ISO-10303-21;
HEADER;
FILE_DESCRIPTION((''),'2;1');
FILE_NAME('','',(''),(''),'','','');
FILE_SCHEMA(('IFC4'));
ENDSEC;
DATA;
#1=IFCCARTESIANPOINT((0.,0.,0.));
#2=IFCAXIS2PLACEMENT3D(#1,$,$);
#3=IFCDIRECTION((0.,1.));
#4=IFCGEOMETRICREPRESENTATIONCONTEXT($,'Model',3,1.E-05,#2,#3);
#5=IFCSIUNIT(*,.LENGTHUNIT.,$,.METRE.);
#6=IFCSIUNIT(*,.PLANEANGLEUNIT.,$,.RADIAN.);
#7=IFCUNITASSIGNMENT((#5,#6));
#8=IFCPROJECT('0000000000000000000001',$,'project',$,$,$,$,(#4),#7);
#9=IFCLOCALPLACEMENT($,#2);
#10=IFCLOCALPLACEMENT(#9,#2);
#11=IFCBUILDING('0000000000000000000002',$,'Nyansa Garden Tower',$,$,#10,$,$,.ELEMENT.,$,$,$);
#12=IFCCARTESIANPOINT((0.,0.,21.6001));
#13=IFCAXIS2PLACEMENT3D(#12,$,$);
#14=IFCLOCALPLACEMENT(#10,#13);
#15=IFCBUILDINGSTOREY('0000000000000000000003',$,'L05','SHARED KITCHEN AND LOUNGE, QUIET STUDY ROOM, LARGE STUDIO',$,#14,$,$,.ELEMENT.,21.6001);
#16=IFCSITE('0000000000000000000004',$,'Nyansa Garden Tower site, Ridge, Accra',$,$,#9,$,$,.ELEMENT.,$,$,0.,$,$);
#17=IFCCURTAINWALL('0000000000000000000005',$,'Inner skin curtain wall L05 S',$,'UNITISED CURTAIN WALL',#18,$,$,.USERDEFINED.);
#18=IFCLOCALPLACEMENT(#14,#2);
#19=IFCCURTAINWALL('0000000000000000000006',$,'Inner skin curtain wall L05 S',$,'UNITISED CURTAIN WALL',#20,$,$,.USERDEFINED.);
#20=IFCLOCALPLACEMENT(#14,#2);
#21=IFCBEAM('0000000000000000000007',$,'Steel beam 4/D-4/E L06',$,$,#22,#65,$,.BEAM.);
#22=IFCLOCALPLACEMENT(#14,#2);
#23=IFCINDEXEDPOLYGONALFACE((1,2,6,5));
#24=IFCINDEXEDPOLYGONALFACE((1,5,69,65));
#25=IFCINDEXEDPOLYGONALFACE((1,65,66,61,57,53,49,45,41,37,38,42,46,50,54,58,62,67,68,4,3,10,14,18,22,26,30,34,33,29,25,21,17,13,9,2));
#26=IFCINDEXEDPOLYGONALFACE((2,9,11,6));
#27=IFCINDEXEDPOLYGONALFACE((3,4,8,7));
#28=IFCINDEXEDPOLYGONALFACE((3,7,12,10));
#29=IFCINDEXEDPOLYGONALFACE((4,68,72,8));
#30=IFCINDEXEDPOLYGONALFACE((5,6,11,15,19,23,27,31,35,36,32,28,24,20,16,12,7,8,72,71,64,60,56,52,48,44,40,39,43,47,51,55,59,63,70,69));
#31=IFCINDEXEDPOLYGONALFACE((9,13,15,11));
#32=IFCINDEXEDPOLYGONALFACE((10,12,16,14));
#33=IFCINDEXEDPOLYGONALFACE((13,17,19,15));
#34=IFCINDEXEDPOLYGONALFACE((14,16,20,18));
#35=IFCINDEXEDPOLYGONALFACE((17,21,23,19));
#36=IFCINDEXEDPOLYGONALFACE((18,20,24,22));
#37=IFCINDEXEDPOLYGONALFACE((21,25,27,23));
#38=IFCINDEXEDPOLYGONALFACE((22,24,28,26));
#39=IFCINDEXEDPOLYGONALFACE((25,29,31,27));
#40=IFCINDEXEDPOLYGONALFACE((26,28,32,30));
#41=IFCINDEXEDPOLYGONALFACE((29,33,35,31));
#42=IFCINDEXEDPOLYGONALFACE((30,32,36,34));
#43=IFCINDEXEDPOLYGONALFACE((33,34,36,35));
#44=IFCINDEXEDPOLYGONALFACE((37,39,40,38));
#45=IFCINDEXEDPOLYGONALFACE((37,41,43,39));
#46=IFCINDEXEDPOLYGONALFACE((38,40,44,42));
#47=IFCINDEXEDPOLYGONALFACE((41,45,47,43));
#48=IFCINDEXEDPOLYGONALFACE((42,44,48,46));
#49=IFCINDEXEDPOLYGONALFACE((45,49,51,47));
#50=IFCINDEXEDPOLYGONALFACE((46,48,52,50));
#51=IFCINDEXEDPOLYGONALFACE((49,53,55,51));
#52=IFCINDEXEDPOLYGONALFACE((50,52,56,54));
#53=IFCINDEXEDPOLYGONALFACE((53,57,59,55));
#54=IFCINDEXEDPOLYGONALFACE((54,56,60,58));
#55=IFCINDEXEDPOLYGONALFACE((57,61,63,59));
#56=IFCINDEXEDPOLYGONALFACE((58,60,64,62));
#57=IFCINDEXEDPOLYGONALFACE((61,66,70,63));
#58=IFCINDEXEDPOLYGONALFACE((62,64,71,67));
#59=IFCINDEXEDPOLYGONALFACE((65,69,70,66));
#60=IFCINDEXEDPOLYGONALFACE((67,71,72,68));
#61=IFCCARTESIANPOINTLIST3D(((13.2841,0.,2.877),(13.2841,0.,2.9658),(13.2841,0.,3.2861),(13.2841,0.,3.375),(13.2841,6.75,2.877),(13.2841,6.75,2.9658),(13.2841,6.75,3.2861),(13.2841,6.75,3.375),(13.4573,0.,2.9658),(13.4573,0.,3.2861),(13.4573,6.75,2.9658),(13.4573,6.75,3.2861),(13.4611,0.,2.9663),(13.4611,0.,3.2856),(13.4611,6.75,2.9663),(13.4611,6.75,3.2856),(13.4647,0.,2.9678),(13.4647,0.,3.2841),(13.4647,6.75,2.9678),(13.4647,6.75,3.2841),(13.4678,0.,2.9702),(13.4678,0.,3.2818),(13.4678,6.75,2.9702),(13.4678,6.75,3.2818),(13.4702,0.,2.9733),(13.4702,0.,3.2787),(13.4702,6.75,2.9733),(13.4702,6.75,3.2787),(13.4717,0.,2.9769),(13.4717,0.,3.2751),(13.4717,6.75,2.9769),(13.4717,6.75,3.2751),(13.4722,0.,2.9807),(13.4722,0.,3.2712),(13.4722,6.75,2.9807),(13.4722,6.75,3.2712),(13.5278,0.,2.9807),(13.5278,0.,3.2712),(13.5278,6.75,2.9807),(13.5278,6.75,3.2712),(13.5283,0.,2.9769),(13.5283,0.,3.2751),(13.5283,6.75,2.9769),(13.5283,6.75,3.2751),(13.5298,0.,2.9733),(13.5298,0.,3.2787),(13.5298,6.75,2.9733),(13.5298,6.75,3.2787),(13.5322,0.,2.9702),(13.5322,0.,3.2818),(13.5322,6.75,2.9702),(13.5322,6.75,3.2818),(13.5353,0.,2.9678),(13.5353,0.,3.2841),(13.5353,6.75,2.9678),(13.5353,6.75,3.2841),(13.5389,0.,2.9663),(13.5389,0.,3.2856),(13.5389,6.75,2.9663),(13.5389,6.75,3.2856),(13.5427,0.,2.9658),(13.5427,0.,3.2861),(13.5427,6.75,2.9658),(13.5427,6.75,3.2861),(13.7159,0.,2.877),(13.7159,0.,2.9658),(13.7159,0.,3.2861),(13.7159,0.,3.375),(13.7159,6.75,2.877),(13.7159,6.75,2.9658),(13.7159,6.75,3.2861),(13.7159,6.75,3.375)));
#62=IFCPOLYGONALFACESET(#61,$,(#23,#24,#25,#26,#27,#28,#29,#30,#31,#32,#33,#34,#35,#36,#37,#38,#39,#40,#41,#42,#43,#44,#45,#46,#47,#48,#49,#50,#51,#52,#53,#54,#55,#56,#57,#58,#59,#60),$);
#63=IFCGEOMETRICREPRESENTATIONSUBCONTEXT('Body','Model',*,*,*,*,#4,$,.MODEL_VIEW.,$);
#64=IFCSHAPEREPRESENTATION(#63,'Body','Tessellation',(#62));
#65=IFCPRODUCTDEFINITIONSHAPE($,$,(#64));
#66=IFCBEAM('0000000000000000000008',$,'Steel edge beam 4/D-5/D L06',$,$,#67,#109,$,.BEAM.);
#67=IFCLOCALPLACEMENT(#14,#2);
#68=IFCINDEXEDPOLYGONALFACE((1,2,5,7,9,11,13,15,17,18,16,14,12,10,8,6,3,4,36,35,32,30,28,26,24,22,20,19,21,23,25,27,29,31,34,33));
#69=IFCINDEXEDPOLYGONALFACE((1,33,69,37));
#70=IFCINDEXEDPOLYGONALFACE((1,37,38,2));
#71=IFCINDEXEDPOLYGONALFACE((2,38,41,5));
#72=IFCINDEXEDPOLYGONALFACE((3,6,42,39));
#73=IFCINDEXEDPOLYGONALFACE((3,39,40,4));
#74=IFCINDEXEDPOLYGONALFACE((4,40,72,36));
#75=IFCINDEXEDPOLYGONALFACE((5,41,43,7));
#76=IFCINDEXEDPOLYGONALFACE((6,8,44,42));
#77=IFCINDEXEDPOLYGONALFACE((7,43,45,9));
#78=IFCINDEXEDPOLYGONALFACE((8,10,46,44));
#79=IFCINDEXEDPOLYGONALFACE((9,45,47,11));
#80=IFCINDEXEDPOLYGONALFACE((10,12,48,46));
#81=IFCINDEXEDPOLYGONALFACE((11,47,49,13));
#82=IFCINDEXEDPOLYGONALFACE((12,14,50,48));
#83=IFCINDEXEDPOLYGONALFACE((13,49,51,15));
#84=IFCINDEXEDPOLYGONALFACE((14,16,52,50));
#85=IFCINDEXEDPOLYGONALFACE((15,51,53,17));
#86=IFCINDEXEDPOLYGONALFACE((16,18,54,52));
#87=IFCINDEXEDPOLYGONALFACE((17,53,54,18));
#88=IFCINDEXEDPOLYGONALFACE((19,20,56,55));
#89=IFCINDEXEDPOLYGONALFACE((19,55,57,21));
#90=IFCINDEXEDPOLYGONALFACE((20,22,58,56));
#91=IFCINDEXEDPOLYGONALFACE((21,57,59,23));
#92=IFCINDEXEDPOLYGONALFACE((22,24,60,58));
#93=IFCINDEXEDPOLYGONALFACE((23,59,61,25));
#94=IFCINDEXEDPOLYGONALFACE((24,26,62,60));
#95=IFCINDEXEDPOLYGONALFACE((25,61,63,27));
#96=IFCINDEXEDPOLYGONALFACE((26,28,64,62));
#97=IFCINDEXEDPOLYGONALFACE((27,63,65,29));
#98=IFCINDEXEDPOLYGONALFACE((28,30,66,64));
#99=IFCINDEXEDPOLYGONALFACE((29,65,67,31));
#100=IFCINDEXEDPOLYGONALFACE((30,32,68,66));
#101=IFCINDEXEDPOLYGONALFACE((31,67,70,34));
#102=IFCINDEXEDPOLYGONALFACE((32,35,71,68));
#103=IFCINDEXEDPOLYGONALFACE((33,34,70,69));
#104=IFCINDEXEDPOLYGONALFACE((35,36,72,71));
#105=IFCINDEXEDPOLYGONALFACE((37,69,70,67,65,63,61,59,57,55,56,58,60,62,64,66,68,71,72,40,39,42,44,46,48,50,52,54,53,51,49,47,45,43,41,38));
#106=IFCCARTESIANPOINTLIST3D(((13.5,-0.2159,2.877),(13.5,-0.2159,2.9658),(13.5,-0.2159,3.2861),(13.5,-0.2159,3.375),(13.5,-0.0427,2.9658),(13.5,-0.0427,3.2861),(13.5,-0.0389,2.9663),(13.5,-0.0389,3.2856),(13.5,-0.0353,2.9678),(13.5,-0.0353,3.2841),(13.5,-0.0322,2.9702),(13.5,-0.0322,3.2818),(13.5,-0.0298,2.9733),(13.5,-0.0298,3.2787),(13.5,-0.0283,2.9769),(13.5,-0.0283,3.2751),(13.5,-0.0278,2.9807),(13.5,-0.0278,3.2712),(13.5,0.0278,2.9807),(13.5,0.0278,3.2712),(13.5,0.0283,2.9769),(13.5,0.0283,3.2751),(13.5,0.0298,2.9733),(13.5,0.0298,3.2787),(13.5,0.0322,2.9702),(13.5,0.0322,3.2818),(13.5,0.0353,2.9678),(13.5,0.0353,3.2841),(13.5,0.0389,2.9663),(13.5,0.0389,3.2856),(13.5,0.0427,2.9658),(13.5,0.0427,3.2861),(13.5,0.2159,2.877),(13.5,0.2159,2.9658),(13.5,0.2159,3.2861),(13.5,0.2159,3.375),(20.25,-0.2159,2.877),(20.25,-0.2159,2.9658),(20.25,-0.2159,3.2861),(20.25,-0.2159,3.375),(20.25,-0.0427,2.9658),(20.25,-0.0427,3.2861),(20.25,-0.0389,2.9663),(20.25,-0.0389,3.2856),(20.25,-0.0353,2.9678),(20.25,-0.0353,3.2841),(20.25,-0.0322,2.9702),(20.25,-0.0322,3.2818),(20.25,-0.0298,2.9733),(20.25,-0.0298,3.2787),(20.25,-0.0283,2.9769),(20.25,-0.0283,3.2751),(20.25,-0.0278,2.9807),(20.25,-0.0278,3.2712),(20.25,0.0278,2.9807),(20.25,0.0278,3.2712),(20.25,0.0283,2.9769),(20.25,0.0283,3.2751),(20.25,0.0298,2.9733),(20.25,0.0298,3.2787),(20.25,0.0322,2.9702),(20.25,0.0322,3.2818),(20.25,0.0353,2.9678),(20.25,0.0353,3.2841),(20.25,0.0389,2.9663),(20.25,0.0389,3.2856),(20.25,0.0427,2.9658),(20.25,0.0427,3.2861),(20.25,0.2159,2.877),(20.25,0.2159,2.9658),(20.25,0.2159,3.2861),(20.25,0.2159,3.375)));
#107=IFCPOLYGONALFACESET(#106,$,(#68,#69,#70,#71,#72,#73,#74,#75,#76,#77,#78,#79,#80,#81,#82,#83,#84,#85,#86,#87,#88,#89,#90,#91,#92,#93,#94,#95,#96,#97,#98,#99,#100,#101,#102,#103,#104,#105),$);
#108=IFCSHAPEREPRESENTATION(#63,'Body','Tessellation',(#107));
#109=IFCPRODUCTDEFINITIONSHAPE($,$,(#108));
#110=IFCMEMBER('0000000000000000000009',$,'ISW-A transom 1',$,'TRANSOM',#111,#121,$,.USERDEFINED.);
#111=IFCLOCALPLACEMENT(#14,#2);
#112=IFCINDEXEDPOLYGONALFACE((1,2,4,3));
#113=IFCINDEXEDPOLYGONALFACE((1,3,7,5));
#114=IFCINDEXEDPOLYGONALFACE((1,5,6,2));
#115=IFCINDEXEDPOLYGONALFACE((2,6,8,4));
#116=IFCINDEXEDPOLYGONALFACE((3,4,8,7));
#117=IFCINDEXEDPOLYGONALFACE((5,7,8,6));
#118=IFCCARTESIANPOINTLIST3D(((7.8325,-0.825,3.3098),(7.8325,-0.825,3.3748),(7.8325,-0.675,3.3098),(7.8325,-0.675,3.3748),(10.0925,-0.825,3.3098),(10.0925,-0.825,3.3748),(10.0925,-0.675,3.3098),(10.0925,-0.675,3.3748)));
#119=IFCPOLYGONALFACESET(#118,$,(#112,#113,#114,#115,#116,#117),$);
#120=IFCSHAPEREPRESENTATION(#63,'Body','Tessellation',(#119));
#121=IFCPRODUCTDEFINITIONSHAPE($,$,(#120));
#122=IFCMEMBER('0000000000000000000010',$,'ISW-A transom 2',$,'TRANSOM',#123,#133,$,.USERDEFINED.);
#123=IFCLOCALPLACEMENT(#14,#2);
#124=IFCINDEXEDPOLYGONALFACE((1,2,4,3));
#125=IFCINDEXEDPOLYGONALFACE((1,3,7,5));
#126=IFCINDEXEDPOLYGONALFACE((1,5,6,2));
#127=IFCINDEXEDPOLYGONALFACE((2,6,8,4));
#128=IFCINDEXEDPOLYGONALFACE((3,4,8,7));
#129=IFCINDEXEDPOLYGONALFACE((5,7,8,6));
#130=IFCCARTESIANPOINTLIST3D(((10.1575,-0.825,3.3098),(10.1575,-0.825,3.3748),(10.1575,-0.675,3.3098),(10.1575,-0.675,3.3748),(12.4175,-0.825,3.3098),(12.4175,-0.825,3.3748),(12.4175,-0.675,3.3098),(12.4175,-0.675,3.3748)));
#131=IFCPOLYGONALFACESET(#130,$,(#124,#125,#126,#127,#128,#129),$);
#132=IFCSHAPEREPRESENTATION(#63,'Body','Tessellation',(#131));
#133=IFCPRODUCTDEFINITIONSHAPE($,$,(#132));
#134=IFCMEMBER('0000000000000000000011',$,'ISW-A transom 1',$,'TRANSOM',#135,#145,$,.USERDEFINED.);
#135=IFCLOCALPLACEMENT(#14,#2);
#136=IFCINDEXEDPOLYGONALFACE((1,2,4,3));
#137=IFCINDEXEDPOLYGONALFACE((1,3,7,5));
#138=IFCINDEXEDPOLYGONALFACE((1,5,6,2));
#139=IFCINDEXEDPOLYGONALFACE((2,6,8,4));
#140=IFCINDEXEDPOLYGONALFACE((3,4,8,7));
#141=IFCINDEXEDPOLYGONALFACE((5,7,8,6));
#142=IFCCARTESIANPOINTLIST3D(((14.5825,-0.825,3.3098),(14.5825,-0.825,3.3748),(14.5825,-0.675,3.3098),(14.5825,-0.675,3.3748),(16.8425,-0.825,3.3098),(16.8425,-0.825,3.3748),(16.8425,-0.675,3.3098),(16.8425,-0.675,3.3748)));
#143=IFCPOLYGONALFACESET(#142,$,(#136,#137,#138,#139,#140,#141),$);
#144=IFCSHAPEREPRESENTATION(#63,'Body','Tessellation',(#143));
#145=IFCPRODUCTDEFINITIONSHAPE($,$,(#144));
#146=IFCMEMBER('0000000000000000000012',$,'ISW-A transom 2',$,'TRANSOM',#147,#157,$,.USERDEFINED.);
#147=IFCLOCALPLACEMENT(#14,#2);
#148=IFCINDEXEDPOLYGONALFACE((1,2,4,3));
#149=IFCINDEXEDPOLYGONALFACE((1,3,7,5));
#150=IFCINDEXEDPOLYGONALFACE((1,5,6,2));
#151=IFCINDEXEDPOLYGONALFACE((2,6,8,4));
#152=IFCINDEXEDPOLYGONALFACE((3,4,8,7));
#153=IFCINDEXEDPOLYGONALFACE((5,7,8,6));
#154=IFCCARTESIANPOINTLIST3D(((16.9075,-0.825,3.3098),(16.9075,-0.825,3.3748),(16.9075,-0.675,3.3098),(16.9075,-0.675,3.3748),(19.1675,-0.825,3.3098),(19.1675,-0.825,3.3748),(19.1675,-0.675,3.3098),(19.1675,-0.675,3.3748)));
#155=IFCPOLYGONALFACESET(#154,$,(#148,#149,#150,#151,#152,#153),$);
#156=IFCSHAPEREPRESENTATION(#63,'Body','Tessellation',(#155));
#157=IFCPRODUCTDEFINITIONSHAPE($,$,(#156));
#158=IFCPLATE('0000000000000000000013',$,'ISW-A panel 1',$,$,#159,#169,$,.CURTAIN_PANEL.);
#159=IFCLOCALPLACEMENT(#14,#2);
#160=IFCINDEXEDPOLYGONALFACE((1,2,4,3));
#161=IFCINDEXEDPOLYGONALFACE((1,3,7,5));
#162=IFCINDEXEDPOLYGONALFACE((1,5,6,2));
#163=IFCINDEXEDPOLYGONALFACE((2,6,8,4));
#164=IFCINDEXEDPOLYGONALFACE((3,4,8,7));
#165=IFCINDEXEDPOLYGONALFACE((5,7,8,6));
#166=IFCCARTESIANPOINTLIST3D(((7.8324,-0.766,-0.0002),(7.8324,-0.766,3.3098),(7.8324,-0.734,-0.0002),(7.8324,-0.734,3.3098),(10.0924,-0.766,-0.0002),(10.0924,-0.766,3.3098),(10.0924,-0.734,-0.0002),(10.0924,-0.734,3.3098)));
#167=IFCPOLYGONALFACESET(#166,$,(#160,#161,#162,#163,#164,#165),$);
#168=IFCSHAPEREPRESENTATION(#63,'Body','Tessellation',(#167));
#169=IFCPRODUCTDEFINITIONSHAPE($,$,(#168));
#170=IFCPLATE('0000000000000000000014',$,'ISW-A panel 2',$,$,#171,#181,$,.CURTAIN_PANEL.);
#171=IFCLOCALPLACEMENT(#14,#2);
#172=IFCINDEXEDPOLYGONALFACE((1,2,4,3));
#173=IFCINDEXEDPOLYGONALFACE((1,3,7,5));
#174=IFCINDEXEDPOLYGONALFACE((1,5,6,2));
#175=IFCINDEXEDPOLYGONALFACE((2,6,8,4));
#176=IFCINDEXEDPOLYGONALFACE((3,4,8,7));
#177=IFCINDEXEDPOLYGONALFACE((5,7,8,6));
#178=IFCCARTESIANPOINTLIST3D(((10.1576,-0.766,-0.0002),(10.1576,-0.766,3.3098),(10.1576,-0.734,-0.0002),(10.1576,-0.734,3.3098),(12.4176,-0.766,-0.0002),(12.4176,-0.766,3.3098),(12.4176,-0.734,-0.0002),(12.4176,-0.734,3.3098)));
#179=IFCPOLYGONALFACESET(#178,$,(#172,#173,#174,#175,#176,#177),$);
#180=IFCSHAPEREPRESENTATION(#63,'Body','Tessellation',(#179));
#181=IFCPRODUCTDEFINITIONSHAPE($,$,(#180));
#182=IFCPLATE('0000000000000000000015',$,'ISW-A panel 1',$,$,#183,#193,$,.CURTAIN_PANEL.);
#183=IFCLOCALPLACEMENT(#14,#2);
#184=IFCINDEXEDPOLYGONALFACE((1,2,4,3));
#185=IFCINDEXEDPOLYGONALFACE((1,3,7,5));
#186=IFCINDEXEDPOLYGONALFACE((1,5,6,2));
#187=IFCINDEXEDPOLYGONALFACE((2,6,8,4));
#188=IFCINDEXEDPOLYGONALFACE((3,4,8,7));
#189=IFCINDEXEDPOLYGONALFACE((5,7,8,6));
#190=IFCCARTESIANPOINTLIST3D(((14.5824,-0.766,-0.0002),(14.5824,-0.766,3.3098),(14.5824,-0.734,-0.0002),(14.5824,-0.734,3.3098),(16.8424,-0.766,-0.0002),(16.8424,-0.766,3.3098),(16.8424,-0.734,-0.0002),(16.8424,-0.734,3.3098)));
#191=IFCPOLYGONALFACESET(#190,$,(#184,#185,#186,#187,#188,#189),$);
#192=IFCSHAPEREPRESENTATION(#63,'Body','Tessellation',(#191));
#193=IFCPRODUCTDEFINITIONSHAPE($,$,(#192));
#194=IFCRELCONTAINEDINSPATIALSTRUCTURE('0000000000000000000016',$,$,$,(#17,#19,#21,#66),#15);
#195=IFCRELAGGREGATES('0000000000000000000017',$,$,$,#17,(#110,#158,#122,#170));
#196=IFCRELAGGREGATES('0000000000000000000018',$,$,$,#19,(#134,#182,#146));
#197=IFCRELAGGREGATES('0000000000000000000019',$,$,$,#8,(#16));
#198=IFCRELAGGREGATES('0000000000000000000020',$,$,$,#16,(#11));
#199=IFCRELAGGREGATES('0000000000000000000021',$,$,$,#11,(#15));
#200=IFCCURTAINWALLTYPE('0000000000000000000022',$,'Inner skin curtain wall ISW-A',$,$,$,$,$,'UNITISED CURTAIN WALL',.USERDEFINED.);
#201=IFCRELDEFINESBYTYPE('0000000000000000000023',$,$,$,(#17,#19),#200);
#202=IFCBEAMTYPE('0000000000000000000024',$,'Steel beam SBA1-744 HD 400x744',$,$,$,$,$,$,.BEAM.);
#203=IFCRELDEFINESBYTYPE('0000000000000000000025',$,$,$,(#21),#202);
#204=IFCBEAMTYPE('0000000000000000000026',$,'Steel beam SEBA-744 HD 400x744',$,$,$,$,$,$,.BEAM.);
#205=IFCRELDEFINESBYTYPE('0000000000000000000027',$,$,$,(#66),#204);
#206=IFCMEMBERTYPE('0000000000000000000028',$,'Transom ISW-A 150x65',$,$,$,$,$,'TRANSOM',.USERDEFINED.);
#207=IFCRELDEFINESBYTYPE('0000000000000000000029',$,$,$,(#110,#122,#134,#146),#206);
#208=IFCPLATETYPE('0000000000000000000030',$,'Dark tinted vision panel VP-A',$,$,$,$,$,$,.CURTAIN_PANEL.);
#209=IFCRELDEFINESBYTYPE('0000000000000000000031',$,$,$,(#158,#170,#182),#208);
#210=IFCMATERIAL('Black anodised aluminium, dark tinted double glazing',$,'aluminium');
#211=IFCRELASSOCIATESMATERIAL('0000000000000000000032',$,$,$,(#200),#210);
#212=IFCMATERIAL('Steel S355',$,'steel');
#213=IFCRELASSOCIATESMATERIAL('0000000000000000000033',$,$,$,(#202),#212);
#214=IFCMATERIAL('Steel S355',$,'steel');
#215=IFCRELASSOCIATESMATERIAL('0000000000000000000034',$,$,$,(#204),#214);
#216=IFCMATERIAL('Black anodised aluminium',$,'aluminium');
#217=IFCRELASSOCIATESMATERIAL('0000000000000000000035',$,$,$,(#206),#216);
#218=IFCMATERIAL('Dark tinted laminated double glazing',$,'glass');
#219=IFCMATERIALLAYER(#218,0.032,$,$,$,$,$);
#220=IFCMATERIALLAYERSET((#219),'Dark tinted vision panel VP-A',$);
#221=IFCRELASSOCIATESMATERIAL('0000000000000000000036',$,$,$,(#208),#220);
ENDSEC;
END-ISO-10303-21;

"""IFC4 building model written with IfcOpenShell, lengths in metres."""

from ifc_helpers import new_model, si_unit, direction, frame, origin, origin_2d, place, context, subcontext, project, spatial, rectangle, i_section, extrude, material, layer, layer_set, material_profile, profile_set, type_object, element, aggregate, save


model = new_model("IFC4")

# Units and contexts
model_context = context("Model", 3, precision=1e-05, world=origin(), true_north=direction((0.0, 1.0)))
body_context = subcontext(model_context, "Body", "Model", "MODEL_VIEW")
ifc_project = project(units=[si_unit("LENGTHUNIT", "METRE"), si_unit("PLANEANGLEUNIT", "RADIAN")], contexts=[model_context])

# Site, building, storey
site_placement = place(None, origin())
site = spatial("IfcSite", under=ifc_project, at=site_placement, Name="Nyansa Garden Tower site, Ridge, Accra", CompositionType="ELEMENT", RefElevation=0.0)
building_placement = place(site_placement, origin())
building = spatial("IfcBuilding", under=site, at=building_placement, Name="Nyansa Garden Tower", CompositionType="ELEMENT")
storey_placement = place(building_placement, frame((0.0, 0.0, 21.6001)))
storey = spatial("IfcBuildingStorey", under=building, at=storey_placement, Name="L05", Description="SHARED KITCHEN AND LOUNGE, QUIET STUDY ROOM, LARGE STUDIO", CompositionType="ELEMENT", Elevation=21.6001)

# Curtain walls
ifc_material_1 = material(Name="Black anodised aluminium, dark tinted double glazing", Category="aluminium")
curtain_wall_type = type_object("IfcCurtainWallType", Name="Inner skin curtain wall ISW-A", ElementType="UNITISED CURTAIN WALL", PredefinedType="USERDEFINED", material=ifc_material_1)
curtain_wall_1_placement = place(storey_placement, origin())
curtain_wall_1 = element("IfcCurtainWall", 1, at=curtain_wall_1_placement, inside=storey, type_object=curtain_wall_type, Name="Inner skin curtain wall L05 S", ObjectType="UNITISED CURTAIN WALL", PredefinedType="USERDEFINED")
curtain_wall_2_placement = place(storey_placement, origin())
curtain_wall_2 = element("IfcCurtainWall", 2, at=curtain_wall_2_placement, inside=storey, type_object=curtain_wall_type, Name="Inner skin curtain wall L05 S", ObjectType="UNITISED CURTAIN WALL", PredefinedType="USERDEFINED")

# Beams
ifc_material_2 = material(Name="Steel S355", Category="steel")
ifc_material_profile_1 = material_profile(ifc_material_2, i_section(OverallWidth=0.4319, OverallDepth=0.498, WebThickness=0.0557, FlangeThickness=0.0889, FilletRadius=0.0149, at=origin_2d()), Name="HD 400x744")
ifc_profile_set_1 = profile_set([ifc_material_profile_1], Name="Steel S355")
beam_type_1 = type_object("IfcBeamType", Name="Steel beam SBA1-744 HD 400x744", PredefinedType="BEAM", material=ifc_profile_set_1)
beam_1_placement = place(storey_placement, frame((13.5, 0.0, 3.126), z_axis=(0.0, 1.0, 0.0), x_axis=(-1.0, 0.0, 0.0)))
element("IfcBeam", 3, at=beam_1_placement, inside=storey, type_object=beam_type_1, Name="Steel beam 4/D-4/E L06", PredefinedType="BEAM", context=body_context, shape_type="SweptSolid", body=[
    extrude(i_section(OverallWidth=0.4319, OverallDepth=0.498, WebThickness=0.0557, FlangeThickness=0.0889, FilletRadius=0.0149, at=origin_2d()), origin(), (0.0, 0.0, 1.0), 6.75),
])
ifc_material_3 = material(Name="Steel S355", Category="steel")
ifc_material_profile_2 = material_profile(ifc_material_3, i_section(OverallWidth=0.4319, OverallDepth=0.498, WebThickness=0.0557, FlangeThickness=0.0889, FilletRadius=0.0149, at=origin_2d()), Name="HD 400x744")
ifc_profile_set_2 = profile_set([ifc_material_profile_2], Name="Steel S355")
beam_type_2 = type_object("IfcBeamType", Name="Steel beam SEBA-744 HD 400x744", PredefinedType="BEAM", material=ifc_profile_set_2)
beam_2_placement = place(storey_placement, frame((13.5, 0.0, 3.126), z_axis=(1.0, 0.0, 0.0), x_axis=(0.0, 1.0, 0.0)))
element("IfcBeam", 4, at=beam_2_placement, inside=storey, type_object=beam_type_2, Name="Steel edge beam 4/D-5/D L06", PredefinedType="BEAM", context=body_context, shape_type="SweptSolid", body=[
    extrude(i_section(OverallWidth=0.4319, OverallDepth=0.498, WebThickness=0.0557, FlangeThickness=0.0889, FilletRadius=0.0149, at=origin_2d()), origin(), (0.0, 0.0, 1.0), 6.75),
])

# Members
ifc_material_4 = material(Name="Black anodised aluminium", Category="aluminium")
ifc_material_profile_3 = material_profile(ifc_material_4, rectangle(XDim=0.1499, YDim=0.0649, at=origin_2d()), Name="Transom 150x65")
ifc_profile_set_3 = profile_set([ifc_material_profile_3], Name="Black anodised aluminium")
member_type_1 = type_object("IfcMemberType", Name="Transom ISW-A 150x65", ElementType="TRANSOM", PredefinedType="USERDEFINED", material=ifc_profile_set_3)
member_1_placement = place(storey_placement, frame((7.8325, -0.75, 3.3423), z_axis=(1.0, 0.0, 0.0), x_axis=(0.0, 1.0, 0.0)))
member_1 = element("IfcMember", 5, at=member_1_placement, type_object=member_type_1, Name="ISW-A transom 1", ObjectType="TRANSOM", PredefinedType="USERDEFINED", context=body_context, shape_type="SweptSolid", body=[
    extrude(rectangle(XDim=0.1499, YDim=0.0649, at=origin_2d()), origin(), (0.0, 0.0, 1.0), 2.26),
])
member_2_placement = place(storey_placement, frame((10.1575, -0.75, 3.3423), z_axis=(1.0, 0.0, 0.0), x_axis=(0.0, 1.0, 0.0)))
member_2 = element("IfcMember", 6, at=member_2_placement, type_object=member_type_1, Name="ISW-A transom 2", ObjectType="TRANSOM", PredefinedType="USERDEFINED", context=body_context, shape_type="SweptSolid", body=[
    extrude(rectangle(XDim=0.1499, YDim=0.0649, at=origin_2d()), origin(), (0.0, 0.0, 1.0), 2.26),
])
member_3_placement = place(storey_placement, frame((14.5825, -0.75, 3.3423), z_axis=(1.0, 0.0, 0.0), x_axis=(0.0, 1.0, 0.0)))
member_3 = element("IfcMember", 7, at=member_3_placement, type_object=member_type_1, Name="ISW-A transom 1", ObjectType="TRANSOM", PredefinedType="USERDEFINED", context=body_context, shape_type="SweptSolid", body=[
    extrude(rectangle(XDim=0.1499, YDim=0.0649, at=origin_2d()), origin(), (0.0, 0.0, 1.0), 2.26),
])
member_4_placement = place(storey_placement, frame((16.9075, -0.75, 3.3423), z_axis=(1.0, 0.0, 0.0), x_axis=(0.0, 1.0, 0.0)))
member_4 = element("IfcMember", 8, at=member_4_placement, type_object=member_type_1, Name="ISW-A transom 2", ObjectType="TRANSOM", PredefinedType="USERDEFINED", context=body_context, shape_type="SweptSolid", body=[
    extrude(rectangle(XDim=0.1499, YDim=0.0649, at=origin_2d()), origin(), (0.0, 0.0, 1.0), 2.26),
])

# Plates
ifc_material_5 = material(Name="Dark tinted laminated double glazing", Category="glass")
ifc_layer_1 = layer(ifc_material_5, 0.032)
ifc_layer_set_1 = layer_set([ifc_layer_1], Name="Dark tinted vision panel VP-A")
plate_type_1 = type_object("IfcPlateType", Name="Dark tinted vision panel VP-A", PredefinedType="CURTAIN_PANEL", material=ifc_layer_set_1)
plate_1_placement = place(storey_placement, frame((8.9624, -0.75, -0.0002), z_axis=(0.0, 0.0, 1.0), x_axis=(1.0, 0.0, 0.0)))
plate_1 = element("IfcPlate", 9, at=plate_1_placement, type_object=plate_type_1, Name="ISW-A panel 1", PredefinedType="CURTAIN_PANEL", context=body_context, shape_type="SweptSolid", body=[
    extrude(rectangle(XDim=2.26, YDim=0.032, at=origin_2d()), origin(), (0.0, 0.0, 1.0), 3.3101),
])
plate_2_placement = place(storey_placement, frame((11.2876, -0.75, -0.0002), z_axis=(0.0, 0.0, 1.0), x_axis=(1.0, 0.0, 0.0)))
plate_2 = element("IfcPlate", 10, at=plate_2_placement, type_object=plate_type_1, Name="ISW-A panel 2", PredefinedType="CURTAIN_PANEL", context=body_context, shape_type="SweptSolid", body=[
    extrude(rectangle(XDim=2.26, YDim=0.032, at=origin_2d()), origin(), (0.0, 0.0, 1.0), 3.3101),
])
aggregate(curtain_wall_1, [member_1, plate_1, member_2, plate_2])
plate_3_placement = place(storey_placement, frame((15.7124, -0.75, -0.0002), z_axis=(0.0, 0.0, 1.0), x_axis=(1.0, 0.0, 0.0)))
plate_3 = element("IfcPlate", 11, at=plate_3_placement, type_object=plate_type_1, Name="ISW-A panel 1", PredefinedType="CURTAIN_PANEL", context=body_context, shape_type="SweptSolid", body=[
    extrude(rectangle(XDim=2.26, YDim=0.032, at=origin_2d()), origin(), (0.0, 0.0, 1.0), 3.3101),
])
aggregate(curtain_wall_2, [member_3, plate_3, member_4])

save(model, "model.ifc")
